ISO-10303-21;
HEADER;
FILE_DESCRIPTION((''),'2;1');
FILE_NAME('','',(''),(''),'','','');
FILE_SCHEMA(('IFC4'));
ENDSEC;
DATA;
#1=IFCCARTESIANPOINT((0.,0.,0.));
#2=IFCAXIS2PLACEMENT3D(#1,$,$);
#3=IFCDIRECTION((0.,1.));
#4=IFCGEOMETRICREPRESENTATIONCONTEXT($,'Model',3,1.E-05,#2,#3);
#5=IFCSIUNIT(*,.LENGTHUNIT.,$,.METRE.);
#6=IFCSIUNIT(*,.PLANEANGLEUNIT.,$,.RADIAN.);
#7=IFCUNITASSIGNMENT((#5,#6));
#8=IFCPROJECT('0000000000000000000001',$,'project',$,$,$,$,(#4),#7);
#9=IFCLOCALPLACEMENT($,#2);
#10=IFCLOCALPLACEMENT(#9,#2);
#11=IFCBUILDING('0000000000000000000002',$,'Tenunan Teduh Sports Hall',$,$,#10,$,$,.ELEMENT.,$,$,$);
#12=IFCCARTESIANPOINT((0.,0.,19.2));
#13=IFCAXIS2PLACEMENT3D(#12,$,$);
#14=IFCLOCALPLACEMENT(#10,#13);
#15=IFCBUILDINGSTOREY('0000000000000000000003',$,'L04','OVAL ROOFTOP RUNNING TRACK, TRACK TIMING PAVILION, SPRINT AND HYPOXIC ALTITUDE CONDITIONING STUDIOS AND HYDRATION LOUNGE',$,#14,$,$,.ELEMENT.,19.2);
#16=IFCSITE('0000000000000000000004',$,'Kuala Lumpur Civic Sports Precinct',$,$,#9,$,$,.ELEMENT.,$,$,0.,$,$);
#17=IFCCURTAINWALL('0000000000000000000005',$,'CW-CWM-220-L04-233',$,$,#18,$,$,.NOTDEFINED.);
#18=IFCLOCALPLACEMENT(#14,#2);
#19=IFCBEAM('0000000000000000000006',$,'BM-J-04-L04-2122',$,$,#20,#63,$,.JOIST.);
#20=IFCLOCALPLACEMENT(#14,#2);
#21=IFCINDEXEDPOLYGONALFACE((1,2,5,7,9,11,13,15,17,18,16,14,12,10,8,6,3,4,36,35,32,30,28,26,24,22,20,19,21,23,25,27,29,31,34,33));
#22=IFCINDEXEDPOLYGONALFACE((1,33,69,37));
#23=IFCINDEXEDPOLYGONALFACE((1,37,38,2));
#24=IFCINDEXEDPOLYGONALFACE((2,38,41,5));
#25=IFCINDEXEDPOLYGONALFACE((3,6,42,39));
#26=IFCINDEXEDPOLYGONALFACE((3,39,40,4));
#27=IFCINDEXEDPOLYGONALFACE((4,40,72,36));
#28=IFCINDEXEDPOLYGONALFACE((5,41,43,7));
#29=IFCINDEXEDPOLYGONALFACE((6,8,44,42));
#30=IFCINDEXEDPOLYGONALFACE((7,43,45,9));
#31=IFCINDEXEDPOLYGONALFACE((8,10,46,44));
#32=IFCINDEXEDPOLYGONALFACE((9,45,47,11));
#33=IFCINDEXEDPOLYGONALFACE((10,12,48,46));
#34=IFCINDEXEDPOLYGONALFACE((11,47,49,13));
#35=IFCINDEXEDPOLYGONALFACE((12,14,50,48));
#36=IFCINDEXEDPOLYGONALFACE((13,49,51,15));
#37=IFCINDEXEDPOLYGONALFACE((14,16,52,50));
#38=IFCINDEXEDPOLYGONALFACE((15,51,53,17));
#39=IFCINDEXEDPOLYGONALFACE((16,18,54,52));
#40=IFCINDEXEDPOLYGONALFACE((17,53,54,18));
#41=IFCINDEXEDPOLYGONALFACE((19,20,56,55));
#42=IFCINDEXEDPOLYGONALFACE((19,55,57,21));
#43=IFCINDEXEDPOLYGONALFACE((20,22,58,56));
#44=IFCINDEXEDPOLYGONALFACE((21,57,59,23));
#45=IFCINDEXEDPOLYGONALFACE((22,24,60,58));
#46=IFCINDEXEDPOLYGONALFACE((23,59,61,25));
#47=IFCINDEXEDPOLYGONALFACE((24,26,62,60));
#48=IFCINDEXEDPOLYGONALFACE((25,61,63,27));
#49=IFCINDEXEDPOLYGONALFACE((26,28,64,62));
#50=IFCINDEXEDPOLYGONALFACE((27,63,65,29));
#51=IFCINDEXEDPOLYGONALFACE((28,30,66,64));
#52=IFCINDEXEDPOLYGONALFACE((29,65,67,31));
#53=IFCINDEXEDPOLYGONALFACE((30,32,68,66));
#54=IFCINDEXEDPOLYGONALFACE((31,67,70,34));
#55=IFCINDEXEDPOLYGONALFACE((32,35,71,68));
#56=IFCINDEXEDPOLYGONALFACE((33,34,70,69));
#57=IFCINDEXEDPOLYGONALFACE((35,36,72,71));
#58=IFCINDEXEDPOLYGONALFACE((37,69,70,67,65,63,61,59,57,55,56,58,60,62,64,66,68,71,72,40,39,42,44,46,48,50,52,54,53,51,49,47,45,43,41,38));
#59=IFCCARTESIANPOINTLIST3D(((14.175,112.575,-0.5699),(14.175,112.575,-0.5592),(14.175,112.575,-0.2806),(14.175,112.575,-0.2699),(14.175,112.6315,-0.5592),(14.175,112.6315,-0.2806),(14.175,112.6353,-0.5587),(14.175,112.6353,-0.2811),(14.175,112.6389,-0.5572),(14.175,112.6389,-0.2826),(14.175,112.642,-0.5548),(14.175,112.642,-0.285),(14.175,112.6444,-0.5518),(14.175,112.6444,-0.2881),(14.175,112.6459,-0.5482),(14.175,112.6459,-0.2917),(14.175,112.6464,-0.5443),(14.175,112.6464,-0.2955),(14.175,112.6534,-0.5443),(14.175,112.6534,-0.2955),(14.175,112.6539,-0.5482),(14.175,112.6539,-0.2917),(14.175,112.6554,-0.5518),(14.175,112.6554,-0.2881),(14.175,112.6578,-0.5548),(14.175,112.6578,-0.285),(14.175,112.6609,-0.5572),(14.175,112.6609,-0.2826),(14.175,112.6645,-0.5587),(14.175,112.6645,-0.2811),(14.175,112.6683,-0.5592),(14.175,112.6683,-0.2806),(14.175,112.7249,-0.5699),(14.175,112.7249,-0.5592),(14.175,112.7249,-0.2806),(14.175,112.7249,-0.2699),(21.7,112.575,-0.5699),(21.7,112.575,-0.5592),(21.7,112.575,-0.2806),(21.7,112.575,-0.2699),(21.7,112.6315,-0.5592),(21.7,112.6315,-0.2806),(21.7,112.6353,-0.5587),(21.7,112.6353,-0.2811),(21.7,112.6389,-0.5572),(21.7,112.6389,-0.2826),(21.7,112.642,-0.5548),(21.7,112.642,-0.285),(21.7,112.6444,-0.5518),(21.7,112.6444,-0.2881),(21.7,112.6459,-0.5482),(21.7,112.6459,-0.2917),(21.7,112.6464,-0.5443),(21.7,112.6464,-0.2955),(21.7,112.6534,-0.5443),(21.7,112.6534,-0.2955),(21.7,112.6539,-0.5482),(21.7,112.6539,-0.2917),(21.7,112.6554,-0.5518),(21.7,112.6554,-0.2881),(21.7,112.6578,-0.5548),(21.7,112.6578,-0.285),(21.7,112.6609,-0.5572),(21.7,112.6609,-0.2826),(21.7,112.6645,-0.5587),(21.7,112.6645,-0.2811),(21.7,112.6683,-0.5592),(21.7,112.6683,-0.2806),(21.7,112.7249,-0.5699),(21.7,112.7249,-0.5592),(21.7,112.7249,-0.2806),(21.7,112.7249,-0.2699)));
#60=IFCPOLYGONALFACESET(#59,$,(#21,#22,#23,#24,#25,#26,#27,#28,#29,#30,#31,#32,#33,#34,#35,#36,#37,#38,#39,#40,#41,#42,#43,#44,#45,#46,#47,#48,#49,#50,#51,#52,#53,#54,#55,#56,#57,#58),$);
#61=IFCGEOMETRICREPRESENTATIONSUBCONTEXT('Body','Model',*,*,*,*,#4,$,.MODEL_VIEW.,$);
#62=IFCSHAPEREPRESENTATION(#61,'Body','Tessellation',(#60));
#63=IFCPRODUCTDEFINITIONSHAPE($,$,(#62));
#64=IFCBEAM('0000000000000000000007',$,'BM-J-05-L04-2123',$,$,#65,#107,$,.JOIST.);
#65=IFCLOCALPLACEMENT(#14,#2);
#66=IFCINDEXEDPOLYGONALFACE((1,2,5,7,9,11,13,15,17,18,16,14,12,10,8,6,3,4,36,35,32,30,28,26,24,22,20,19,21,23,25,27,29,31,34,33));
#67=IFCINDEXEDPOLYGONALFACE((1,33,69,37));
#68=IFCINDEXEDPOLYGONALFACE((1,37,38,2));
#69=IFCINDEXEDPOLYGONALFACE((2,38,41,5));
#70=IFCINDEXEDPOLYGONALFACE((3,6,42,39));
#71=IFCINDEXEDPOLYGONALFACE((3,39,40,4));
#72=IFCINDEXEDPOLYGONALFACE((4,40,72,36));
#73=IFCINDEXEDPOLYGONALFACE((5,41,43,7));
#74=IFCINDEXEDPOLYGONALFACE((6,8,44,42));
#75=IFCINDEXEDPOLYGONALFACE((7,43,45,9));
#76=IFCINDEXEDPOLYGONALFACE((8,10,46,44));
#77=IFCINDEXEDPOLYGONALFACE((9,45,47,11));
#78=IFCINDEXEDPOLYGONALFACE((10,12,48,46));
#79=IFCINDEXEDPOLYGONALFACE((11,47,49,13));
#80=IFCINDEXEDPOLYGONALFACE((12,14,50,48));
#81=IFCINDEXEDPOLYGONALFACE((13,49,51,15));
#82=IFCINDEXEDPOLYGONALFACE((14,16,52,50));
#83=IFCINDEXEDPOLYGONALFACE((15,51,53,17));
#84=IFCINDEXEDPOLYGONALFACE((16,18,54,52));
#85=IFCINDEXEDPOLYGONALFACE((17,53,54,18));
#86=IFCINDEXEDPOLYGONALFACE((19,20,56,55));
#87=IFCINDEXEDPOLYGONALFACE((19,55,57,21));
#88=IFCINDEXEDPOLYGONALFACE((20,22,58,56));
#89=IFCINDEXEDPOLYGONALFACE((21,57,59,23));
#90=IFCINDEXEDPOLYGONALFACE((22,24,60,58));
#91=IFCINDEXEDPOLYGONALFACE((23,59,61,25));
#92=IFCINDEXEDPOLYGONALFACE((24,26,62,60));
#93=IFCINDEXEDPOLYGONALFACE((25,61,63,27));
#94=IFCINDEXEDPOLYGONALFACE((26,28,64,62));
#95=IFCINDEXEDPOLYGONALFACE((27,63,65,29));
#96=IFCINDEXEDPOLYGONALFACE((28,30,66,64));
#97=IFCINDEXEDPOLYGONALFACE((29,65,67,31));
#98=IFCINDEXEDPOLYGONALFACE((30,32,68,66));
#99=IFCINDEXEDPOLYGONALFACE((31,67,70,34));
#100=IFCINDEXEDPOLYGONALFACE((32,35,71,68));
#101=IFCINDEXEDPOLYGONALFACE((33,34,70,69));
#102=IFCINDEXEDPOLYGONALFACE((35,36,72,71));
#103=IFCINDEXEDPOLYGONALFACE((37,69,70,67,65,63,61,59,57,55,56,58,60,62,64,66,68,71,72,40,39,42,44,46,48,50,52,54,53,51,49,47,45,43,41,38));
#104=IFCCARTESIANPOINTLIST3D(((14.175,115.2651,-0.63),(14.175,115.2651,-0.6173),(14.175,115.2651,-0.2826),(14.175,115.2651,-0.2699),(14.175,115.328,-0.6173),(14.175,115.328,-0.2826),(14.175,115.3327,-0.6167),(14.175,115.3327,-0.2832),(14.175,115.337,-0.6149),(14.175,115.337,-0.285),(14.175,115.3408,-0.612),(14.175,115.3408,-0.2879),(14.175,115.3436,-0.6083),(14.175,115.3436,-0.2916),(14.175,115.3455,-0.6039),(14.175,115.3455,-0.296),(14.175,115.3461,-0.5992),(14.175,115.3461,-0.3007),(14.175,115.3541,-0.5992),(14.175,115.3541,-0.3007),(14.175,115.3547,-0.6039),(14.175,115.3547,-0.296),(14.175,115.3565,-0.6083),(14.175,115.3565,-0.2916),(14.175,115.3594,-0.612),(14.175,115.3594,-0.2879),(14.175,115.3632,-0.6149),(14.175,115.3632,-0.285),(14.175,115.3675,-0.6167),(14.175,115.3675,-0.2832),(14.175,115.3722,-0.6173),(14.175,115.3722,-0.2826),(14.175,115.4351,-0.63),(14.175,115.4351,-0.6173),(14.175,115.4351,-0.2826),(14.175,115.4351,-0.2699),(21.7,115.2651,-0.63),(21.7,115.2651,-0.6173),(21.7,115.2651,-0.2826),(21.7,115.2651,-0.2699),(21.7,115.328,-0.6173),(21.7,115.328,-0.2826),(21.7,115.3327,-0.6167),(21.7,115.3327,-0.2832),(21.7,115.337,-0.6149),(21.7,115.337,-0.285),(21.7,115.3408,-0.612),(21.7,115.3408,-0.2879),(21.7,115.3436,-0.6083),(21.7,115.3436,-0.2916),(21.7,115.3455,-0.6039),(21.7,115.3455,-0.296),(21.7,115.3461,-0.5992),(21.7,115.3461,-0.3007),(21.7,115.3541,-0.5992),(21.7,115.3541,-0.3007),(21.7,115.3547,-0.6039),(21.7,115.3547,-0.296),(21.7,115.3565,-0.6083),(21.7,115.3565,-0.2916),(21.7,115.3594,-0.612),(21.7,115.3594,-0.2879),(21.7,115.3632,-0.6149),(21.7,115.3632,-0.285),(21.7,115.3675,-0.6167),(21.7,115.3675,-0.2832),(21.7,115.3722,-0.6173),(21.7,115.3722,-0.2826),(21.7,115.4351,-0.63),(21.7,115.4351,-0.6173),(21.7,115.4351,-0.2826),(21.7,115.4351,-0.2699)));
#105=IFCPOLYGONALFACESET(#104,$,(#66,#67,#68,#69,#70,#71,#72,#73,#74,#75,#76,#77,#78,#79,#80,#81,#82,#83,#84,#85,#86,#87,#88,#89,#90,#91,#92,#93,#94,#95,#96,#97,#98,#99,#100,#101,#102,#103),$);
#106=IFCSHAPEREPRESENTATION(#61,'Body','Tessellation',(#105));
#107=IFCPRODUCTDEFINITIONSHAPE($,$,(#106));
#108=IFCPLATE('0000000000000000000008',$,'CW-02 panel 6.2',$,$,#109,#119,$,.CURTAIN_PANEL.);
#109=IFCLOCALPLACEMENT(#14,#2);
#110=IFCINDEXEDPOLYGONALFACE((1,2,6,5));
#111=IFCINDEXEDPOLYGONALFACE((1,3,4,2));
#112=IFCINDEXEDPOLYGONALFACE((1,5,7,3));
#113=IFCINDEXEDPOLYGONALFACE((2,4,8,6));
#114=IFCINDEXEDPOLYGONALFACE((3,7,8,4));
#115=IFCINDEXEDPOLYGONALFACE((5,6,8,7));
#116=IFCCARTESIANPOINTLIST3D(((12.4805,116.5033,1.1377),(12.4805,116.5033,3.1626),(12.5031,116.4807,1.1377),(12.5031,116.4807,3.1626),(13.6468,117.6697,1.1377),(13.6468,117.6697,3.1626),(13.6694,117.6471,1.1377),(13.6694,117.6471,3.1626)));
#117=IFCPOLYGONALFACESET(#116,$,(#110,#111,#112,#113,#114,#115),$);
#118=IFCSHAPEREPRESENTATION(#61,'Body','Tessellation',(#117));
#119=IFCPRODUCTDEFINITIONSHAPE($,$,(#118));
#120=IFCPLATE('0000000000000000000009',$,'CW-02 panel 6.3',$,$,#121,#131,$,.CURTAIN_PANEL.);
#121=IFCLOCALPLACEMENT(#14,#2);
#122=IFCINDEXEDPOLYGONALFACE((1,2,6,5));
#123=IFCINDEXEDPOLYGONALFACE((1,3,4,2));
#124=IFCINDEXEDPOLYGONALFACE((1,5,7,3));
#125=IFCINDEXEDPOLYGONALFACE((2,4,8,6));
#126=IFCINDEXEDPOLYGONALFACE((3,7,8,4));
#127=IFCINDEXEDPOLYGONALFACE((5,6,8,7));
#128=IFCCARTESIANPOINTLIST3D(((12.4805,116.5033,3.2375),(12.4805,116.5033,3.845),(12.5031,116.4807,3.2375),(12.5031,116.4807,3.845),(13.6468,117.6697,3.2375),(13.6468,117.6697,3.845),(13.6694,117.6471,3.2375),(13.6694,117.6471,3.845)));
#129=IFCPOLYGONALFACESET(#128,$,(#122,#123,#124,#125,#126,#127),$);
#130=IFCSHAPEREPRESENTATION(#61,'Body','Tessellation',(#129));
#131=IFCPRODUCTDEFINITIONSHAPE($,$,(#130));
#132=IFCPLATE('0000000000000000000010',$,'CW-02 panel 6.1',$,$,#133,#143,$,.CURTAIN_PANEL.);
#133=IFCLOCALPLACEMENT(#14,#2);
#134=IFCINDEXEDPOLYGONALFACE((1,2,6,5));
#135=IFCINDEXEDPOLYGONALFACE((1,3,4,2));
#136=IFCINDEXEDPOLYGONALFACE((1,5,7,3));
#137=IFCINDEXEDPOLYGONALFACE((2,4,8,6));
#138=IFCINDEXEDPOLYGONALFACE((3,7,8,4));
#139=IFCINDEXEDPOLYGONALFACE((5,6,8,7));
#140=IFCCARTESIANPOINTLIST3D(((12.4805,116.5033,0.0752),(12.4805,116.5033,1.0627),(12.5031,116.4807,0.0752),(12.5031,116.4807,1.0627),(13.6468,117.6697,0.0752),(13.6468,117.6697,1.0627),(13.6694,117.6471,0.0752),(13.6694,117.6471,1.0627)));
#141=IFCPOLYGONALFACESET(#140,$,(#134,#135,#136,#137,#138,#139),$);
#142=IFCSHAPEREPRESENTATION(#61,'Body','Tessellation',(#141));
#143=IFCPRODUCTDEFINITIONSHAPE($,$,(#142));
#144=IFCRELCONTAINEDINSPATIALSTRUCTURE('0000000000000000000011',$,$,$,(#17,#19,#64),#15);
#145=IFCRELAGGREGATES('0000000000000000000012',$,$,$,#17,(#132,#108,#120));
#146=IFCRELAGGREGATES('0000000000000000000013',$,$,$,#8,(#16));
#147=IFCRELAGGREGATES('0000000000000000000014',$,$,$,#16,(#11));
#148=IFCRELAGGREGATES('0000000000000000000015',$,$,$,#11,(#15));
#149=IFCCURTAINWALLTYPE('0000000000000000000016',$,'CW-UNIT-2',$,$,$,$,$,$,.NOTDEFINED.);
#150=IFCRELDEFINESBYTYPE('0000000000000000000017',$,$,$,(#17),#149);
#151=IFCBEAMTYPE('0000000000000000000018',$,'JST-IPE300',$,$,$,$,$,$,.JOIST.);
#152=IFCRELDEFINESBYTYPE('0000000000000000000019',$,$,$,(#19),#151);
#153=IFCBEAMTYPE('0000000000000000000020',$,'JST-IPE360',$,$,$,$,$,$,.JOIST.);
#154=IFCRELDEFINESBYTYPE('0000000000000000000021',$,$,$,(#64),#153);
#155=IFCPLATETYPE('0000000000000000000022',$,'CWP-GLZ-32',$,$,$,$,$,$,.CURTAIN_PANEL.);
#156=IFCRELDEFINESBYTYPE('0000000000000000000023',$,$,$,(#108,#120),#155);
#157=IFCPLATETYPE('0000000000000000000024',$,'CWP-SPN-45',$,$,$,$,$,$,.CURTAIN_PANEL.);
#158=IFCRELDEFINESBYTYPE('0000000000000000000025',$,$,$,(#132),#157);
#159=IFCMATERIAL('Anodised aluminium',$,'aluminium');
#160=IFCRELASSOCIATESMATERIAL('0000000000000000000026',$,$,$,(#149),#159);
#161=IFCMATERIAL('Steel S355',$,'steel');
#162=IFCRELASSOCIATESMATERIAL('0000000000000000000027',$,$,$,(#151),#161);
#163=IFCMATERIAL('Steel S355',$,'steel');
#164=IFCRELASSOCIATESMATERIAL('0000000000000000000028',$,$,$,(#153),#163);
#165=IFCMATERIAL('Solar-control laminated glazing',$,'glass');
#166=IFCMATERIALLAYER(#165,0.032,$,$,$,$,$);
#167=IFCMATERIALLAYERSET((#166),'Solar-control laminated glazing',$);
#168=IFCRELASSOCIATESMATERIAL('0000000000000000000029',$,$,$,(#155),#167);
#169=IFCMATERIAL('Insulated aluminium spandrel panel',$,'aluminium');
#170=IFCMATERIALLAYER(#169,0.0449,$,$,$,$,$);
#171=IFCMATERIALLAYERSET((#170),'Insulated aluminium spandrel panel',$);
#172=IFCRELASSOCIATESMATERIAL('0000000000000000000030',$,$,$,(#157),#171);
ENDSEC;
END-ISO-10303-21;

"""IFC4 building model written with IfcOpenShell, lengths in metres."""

from ifc_helpers import new_model, si_unit, direction, frame, origin, origin_2d, place, context, subcontext, project, spatial, rectangle, i_section, extrude, material, layer, layer_set, material_profile, profile_set, type_object, element, aggregate, save


model = new_model("IFC4")

# Units and contexts
model_context = context("Model", 3, precision=1e-05, world=origin(), true_north=direction((0.0, 1.0)))
body_context = subcontext(model_context, "Body", "Model", "MODEL_VIEW")
ifc_project = project(units=[si_unit("LENGTHUNIT", "METRE"), si_unit("PLANEANGLEUNIT", "RADIAN")], contexts=[model_context])

# Site, building, storey
site_placement = place(None, origin())
site = spatial("IfcSite", under=ifc_project, at=site_placement, Name="Kuala Lumpur Civic Sports Precinct", CompositionType="ELEMENT", RefElevation=0.0)
building_placement = place(site_placement, origin())
building = spatial("IfcBuilding", under=site, at=building_placement, Name="Tenunan Teduh Sports Hall", CompositionType="ELEMENT")
storey_placement = place(building_placement, frame((0.0, 0.0, 19.2)))
storey = spatial("IfcBuildingStorey", under=building, at=storey_placement, Name="L04", Description="OVAL ROOFTOP RUNNING TRACK, TRACK TIMING PAVILION, SPRINT AND HYPOXIC ALTITUDE CONDITIONING STUDIOS AND HYDRATION LOUNGE", CompositionType="ELEMENT", Elevation=19.2)

# Curtain wall
ifc_material_1 = material(Name="Anodised aluminium", Category="aluminium")
curtain_wall_type = type_object("IfcCurtainWallType", Name="CW-UNIT-2", PredefinedType="NOTDEFINED", material=ifc_material_1)
curtain_wall_placement = place(storey_placement, origin())
curtain_wall = element("IfcCurtainWall", 1, at=curtain_wall_placement, inside=storey, type_object=curtain_wall_type, Name="CW-CWM-220-L04-233", PredefinedType="NOTDEFINED")

# Beams
ifc_material_2 = material(Name="Steel S355", Category="steel")
ifc_material_profile_1 = material_profile(ifc_material_2, i_section(OverallWidth=0.1499, OverallDepth=0.3, WebThickness=0.0071, FlangeThickness=0.0107, FilletRadius=0.0149, at=origin_2d()), Name="IPE 300")
ifc_profile_set_1 = profile_set([ifc_material_profile_1], Name="Steel S355")
beam_type_1 = type_object("IfcBeamType", Name="JST-IPE300", PredefinedType="JOIST", material=ifc_profile_set_1)
beam_1_placement = place(storey_placement, frame((14.175, 112.6499, -0.4199), z_axis=(1.0, 0.0, 0.0), x_axis=(0.0, 1.0, 0.0)))
element("IfcBeam", 2, at=beam_1_placement, inside=storey, type_object=beam_type_1, Name="BM-J-04-L04-2122", PredefinedType="JOIST", context=body_context, shape_type="SweptSolid", body=[
    extrude(i_section(OverallWidth=0.1499, OverallDepth=0.3, WebThickness=0.0071, FlangeThickness=0.0107, FilletRadius=0.0149, at=origin_2d()), origin(), (0.0, 0.0, 1.0), 7.5249),
])
ifc_material_3 = material(Name="Steel S355", Category="steel")
ifc_material_profile_2 = material_profile(ifc_material_3, i_section(OverallWidth=0.1699, OverallDepth=0.3601, WebThickness=0.0081, FlangeThickness=0.0127, FilletRadius=0.0181, at=origin_2d()), Name="IPE 360")
ifc_profile_set_2 = profile_set([ifc_material_profile_2], Name="Steel S355")
beam_type_2 = type_object("IfcBeamType", Name="JST-IPE360", PredefinedType="JOIST", material=ifc_profile_set_2)
beam_2_placement = place(storey_placement, frame((14.175, 115.3501, -0.45), z_axis=(1.0, 0.0, 0.0), x_axis=(0.0, 1.0, 0.0)))
element("IfcBeam", 3, at=beam_2_placement, inside=storey, type_object=beam_type_2, Name="BM-J-05-L04-2123", PredefinedType="JOIST", context=body_context, shape_type="SweptSolid", body=[
    extrude(i_section(OverallWidth=0.1699, OverallDepth=0.3601, WebThickness=0.0081, FlangeThickness=0.0127, FilletRadius=0.0181, at=origin_2d()), origin(), (0.0, 0.0, 1.0), 7.5249),
])

# Plates
ifc_material_4 = material(Name="Solar-control laminated glazing", Category="glass")
ifc_layer_1 = layer(ifc_material_4, 0.032)
ifc_layer_set_1 = layer_set([ifc_layer_1], Name="Solar-control laminated glazing")
plate_type_1 = type_object("IfcPlateType", Name="CWP-GLZ-32", PredefinedType="CURTAIN_PANEL", material=ifc_layer_set_1)
plate_1_placement = place(storey_placement, frame((13.075, 117.0752, 1.1377), z_axis=(0.0, 0.0, 1.0), x_axis=(0.707097, 0.707116, 0.0)))
plate_1 = element("IfcPlate", 4, at=plate_1_placement, type_object=plate_type_1, Name="CW-02 panel 6.2", PredefinedType="CURTAIN_PANEL", context=body_context, shape_type="SweptSolid", body=[
    extrude(rectangle(XDim=1.6494, YDim=0.032, at=origin_2d()), origin(), (0.0, 0.0, 1.0), 2.0249),
])
plate_2_placement = place(storey_placement, frame((13.075, 117.0752, 3.2375), z_axis=(0.0, 0.0, 1.0), x_axis=(0.707097, 0.707116, 0.0)))
plate_2 = element("IfcPlate", 5, at=plate_2_placement, type_object=plate_type_1, Name="CW-02 panel 6.3", PredefinedType="CURTAIN_PANEL", context=body_context, shape_type="SweptSolid", body=[
    extrude(rectangle(XDim=1.6494, YDim=0.032, at=origin_2d()), origin(), (0.0, 0.0, 1.0), 0.6074),
])
ifc_material_5 = material(Name="Insulated aluminium spandrel panel", Category="aluminium")
ifc_layer_2 = layer(ifc_material_5, 0.0449)
ifc_layer_set_2 = layer_set([ifc_layer_2], Name="Insulated aluminium spandrel panel")
plate_type_2 = type_object("IfcPlateType", Name="CWP-SPN-45", PredefinedType="CURTAIN_PANEL", material=ifc_layer_set_2)
plate_3_placement = place(storey_placement, frame((13.075, 117.0752, 0.0752), z_axis=(0.0, 0.0, 1.0), x_axis=(0.707097, 0.707116, 0.0)))
plate_3 = element("IfcPlate", 6, at=plate_3_placement, type_object=plate_type_2, Name="CW-02 panel 6.1", PredefinedType="CURTAIN_PANEL", context=body_context, shape_type="SweptSolid", body=[
    extrude(rectangle(XDim=1.6494, YDim=0.032, at=origin_2d()), origin(), (0.0, 0.0, 1.0), 0.9875),
])
aggregate(curtain_wall, [plate_3, plate_1, plate_2])

save(model, "model.ifc")
